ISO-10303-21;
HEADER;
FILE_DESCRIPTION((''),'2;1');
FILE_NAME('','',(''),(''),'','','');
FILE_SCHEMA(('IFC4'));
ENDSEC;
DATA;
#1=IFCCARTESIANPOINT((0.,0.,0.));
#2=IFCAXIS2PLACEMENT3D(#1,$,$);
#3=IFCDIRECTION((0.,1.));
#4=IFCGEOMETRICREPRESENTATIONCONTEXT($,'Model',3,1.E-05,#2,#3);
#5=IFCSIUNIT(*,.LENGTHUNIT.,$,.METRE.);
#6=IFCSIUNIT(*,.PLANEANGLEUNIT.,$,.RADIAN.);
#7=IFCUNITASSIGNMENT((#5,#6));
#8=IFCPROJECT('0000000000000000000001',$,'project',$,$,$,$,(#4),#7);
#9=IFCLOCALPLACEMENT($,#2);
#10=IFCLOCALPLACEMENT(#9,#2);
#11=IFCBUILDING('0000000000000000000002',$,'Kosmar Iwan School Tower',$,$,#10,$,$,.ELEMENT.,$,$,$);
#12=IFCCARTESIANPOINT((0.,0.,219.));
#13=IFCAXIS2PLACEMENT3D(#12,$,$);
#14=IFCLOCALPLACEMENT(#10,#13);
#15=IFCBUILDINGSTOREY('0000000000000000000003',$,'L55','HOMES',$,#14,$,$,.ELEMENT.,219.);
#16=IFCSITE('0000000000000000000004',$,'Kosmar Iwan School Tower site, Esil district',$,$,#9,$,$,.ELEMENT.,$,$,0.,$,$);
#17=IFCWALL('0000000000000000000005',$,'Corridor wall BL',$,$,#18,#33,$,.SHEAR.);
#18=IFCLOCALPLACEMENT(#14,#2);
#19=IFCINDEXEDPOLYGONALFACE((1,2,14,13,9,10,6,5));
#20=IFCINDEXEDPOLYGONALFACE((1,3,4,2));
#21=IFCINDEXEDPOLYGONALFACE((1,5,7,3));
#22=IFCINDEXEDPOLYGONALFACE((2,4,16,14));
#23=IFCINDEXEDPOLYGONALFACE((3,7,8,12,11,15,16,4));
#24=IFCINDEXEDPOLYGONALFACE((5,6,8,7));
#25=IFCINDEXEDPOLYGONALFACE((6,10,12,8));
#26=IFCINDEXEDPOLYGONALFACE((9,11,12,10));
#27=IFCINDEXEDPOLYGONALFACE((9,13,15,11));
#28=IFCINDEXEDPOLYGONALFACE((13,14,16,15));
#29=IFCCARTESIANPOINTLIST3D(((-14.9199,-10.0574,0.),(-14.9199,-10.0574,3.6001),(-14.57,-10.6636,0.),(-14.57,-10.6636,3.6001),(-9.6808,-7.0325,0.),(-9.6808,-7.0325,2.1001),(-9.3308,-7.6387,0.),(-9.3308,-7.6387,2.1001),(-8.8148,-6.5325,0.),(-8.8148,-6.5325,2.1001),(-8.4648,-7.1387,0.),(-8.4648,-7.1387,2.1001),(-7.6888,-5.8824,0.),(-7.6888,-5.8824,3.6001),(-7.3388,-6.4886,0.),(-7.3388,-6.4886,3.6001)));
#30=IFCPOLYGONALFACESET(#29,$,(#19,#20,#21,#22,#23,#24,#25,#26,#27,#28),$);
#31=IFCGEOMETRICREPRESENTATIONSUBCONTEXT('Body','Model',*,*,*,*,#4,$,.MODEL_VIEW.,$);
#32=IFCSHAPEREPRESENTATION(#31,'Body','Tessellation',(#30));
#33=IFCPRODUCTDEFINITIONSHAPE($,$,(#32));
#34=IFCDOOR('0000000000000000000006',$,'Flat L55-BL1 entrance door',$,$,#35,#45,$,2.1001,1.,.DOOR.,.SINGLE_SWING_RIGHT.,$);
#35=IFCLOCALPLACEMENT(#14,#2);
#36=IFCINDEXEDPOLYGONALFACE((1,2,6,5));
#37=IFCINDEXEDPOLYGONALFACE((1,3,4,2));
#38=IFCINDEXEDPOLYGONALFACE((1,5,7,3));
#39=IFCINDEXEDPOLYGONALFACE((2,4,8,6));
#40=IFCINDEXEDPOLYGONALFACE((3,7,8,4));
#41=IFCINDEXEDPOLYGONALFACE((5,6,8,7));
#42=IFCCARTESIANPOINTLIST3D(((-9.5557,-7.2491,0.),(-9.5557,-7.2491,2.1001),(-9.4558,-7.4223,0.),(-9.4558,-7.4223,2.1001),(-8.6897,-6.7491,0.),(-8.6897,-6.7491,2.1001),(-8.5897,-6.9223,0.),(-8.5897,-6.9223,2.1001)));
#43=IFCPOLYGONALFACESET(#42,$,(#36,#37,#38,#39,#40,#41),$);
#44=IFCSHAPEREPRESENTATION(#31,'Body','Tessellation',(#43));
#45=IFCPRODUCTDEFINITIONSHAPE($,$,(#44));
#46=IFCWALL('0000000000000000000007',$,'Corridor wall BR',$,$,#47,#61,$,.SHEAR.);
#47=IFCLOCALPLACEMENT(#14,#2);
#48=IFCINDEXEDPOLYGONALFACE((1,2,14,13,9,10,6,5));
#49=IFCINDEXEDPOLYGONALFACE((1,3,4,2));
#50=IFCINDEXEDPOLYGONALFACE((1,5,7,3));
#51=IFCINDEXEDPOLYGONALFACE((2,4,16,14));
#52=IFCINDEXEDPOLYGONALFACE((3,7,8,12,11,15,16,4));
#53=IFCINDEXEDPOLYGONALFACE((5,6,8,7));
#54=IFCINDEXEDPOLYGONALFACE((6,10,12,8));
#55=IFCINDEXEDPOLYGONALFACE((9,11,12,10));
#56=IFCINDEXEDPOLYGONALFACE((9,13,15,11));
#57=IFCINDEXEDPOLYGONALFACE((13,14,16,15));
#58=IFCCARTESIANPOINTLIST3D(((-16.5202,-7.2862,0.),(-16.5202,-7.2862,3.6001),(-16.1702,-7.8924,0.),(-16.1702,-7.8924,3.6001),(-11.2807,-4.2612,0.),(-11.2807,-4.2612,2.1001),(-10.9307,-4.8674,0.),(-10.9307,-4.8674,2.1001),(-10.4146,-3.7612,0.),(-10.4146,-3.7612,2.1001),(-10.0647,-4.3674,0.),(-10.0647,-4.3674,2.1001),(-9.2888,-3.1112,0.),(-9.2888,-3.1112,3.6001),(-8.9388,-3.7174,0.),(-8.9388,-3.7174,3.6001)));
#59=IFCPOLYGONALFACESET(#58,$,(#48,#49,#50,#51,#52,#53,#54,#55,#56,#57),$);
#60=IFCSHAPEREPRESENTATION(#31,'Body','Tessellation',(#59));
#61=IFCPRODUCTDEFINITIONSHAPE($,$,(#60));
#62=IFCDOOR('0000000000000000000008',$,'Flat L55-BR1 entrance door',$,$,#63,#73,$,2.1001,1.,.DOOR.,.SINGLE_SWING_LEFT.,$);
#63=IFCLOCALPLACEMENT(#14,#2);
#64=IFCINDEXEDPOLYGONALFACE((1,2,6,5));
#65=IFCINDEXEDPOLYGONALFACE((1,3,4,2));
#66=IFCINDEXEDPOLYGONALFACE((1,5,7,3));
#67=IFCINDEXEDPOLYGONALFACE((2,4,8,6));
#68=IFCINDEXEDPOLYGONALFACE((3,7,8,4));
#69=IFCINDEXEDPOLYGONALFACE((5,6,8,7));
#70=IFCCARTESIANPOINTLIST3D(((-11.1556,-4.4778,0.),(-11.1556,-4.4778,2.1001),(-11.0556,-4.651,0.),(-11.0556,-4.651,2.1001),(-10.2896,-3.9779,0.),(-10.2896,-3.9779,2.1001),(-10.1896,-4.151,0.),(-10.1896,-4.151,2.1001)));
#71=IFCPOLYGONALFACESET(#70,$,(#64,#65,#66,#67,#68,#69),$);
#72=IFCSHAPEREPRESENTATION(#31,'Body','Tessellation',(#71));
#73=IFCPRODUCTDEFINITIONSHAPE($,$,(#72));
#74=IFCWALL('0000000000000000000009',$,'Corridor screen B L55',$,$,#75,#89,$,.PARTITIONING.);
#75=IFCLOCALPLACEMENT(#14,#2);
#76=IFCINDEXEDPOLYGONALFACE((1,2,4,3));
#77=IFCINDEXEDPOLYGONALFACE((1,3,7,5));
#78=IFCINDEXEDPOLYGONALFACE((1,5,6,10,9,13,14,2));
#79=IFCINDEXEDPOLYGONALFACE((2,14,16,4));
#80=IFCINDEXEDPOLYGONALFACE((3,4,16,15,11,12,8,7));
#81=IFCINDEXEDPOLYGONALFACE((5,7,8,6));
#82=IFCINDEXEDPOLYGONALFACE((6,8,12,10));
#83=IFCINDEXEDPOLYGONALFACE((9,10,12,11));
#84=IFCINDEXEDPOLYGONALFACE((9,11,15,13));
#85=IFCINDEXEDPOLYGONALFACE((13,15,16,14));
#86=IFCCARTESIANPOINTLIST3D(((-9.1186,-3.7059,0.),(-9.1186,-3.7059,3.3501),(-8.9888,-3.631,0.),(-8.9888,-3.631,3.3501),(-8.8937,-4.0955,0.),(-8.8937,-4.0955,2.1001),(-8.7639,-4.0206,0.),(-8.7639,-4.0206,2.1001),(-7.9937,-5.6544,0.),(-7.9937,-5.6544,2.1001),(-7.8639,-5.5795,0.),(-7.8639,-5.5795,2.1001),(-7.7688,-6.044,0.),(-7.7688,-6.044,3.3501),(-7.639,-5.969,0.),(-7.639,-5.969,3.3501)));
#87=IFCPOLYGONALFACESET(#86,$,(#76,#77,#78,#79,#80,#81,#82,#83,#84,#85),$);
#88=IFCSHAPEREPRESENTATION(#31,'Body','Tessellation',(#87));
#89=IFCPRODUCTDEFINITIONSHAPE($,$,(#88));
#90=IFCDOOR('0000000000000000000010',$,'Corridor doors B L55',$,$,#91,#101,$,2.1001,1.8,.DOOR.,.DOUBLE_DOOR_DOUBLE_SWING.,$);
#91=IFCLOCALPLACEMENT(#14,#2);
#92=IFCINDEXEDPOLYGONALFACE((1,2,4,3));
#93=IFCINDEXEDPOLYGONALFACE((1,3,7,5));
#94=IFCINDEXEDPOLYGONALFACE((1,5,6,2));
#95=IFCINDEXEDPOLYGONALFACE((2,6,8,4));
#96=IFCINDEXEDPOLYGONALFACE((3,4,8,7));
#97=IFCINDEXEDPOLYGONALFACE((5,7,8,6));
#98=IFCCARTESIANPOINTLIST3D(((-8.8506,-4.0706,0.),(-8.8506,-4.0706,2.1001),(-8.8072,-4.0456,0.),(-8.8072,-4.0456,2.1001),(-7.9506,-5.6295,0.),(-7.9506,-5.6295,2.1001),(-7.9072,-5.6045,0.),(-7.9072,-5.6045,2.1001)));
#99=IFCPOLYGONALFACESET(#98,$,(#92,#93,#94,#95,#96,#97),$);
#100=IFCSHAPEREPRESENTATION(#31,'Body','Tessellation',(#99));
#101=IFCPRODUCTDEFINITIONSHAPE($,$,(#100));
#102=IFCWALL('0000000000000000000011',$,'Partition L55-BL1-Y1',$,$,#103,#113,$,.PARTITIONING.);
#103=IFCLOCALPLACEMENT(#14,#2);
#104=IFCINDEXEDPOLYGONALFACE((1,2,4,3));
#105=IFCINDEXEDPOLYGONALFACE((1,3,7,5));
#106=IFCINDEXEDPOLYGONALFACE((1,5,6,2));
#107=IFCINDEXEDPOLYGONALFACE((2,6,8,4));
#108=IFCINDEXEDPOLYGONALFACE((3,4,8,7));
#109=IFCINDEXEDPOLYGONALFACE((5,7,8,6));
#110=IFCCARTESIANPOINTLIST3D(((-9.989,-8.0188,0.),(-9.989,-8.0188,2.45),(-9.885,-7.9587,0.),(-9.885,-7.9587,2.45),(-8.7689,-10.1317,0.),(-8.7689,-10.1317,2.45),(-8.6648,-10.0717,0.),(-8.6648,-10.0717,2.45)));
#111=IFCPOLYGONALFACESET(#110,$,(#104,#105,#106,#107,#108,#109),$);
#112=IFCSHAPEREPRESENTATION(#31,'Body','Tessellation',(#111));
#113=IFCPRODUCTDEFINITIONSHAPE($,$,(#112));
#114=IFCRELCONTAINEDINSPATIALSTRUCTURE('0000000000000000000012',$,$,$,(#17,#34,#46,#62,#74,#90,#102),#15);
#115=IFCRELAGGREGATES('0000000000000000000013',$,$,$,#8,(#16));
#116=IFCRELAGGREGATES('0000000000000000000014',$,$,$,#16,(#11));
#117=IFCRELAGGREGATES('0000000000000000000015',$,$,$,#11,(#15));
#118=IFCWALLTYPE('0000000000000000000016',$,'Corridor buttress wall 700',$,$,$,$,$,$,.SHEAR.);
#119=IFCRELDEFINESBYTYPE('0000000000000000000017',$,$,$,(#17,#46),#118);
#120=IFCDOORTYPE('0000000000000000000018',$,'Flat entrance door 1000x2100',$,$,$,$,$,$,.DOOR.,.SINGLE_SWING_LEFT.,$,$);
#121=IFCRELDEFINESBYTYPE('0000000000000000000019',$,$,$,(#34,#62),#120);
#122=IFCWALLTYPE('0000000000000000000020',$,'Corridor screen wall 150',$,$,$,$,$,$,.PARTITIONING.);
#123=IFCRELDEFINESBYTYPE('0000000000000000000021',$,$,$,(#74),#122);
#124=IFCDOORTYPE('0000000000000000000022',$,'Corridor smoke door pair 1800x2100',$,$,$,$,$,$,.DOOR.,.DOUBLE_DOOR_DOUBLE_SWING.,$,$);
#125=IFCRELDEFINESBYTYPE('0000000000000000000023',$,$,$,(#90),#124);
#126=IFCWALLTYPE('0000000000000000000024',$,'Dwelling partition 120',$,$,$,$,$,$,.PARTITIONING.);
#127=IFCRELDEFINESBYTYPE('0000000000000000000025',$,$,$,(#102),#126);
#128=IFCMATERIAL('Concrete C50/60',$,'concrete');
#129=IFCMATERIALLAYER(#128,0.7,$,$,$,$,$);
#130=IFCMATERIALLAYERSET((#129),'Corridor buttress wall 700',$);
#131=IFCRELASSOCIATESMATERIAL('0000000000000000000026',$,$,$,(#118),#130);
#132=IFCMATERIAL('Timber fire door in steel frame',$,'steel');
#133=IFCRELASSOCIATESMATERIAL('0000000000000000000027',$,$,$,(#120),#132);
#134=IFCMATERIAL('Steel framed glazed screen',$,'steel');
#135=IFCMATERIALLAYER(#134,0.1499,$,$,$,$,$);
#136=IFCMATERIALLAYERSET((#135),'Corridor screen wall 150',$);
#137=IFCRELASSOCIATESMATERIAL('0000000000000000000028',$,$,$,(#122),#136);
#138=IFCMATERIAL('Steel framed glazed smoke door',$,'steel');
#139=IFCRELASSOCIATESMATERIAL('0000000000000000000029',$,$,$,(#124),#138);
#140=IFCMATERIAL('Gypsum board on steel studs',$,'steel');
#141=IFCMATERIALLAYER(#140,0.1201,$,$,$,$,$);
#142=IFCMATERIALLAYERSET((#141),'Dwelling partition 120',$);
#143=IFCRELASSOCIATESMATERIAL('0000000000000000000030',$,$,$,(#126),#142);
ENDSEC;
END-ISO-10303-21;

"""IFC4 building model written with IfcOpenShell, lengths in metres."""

from ifc_helpers import new_model, si_unit, direction, frame, frame_2d, origin, place, context, subcontext, project, spatial, rectangle, extrude, material, layer, layer_set, type_object, element, fill, save


model = new_model("IFC4")

# Units and contexts
model_context = context("Model", 3, precision=1e-05, world=origin(), true_north=direction((0.0, 1.0)))
body_context = subcontext(model_context, "Body", "Model", "MODEL_VIEW")
ifc_project = project(units=[si_unit("LENGTHUNIT", "METRE"), si_unit("PLANEANGLEUNIT", "RADIAN")], contexts=[model_context])

# Site, building, storey
site_placement = place(None, origin())
site = spatial("IfcSite", under=ifc_project, at=site_placement, Name="Kosmar Iwan School Tower site, Esil district", CompositionType="ELEMENT", RefElevation=0.0)
building_placement = place(site_placement, origin())
building = spatial("IfcBuilding", under=site, at=building_placement, Name="Kosmar Iwan School Tower", CompositionType="ELEMENT")
storey_placement = place(building_placement, frame((0.0, 0.0, 219.0)))
storey = spatial("IfcBuildingStorey", under=building, at=storey_placement, Name="L55", Description="HOMES", CompositionType="ELEMENT", Elevation=219.0)

# Walls, openings, doors
ifc_material_1 = material(Name="Concrete C50/60", Category="concrete")
ifc_layer_1 = layer(ifc_material_1, 0.7)
ifc_layer_set_1 = layer_set([ifc_layer_1], Name="Corridor buttress wall 700")
wall_type_1 = type_object("IfcWallType", Name="Corridor buttress wall 700", PredefinedType="SHEAR", material=ifc_layer_set_1)
wall_1_placement = place(storey_placement, frame((-7.5139, -6.1855, 0.0), z_axis=(0.0, 0.0, 1.0), x_axis=(-0.86602, -0.50001, 0.0)))
wall_1 = element("IfcWall", 1, at=wall_1_placement, inside=storey, type_object=wall_type_1, Name="Corridor wall BL", PredefinedType="SHEAR", context=body_context, shape_type="SweptSolid", body=[
    extrude(rectangle(XDim=8.3499, YDim=0.7, at=frame_2d((4.1748, 0.0))), origin(), (0.0, 0.0, 1.0), 3.6001),
])
opening_1_placement = place(wall_1_placement, frame((1.3, 0.0, 0.0)))
opening_1 = element("IfcOpeningElement", 2, at=opening_1_placement, cuts=wall_1, PredefinedType="OPENING", context=body_context, shape_type="SweptSolid", body=[
    extrude(rectangle(XDim=1.0, YDim=2.1001, at=frame_2d((0.5, 1.05))), frame((0.0, 0.3621, 0.0), z_axis=(0.0, -1.0, 0.0), x_axis=(1.0, 0.0, 0.0)), (0.0, 0.0, 1.0), 0.7239),
])
ifc_material_2 = material(Name="Timber fire door in steel frame", Category="steel")
door_type_1 = type_object("IfcDoorType", Name="Flat entrance door 1000x2100", OperationType="SINGLE_SWING_LEFT", PredefinedType="DOOR", material=ifc_material_2)
door_1_placement = place(opening_1_placement, origin())
door_1 = element("IfcDoor", 3, at=door_1_placement, inside=storey, type_object=door_type_1, Name="Flat L55-BL1 entrance door", OperationType="SINGLE_SWING_RIGHT", OverallHeight=2.1001, OverallWidth=1.0, PredefinedType="DOOR", context=body_context, shape_type="SweptSolid", body=[
    extrude(rectangle(XDim=1.0, YDim=2.1001, at=frame_2d((0.5, 1.05))), frame((0.0, 0.1001, 0.0), z_axis=(0.0, -1.0, 0.0), x_axis=(1.0, 0.0, 0.0)), (0.0, 0.0, 1.0), 0.2),
])
fill(opening_1, door_1)
wall_2_placement = place(storey_placement, frame((-9.1138, -3.4143, 0.0), z_axis=(0.0, 0.0, 1.0), x_axis=(-0.866027, -0.499997, 0.0)))
wall_2 = element("IfcWall", 4, at=wall_2_placement, inside=storey, type_object=wall_type_1, Name="Corridor wall BR", PredefinedType="SHEAR", context=body_context, shape_type="SweptSolid", body=[
    extrude(rectangle(XDim=8.3501, YDim=0.7, at=frame_2d((4.175, 0.0))), origin(), (0.0, 0.0, 1.0), 3.6001),
])
opening_2_placement = place(wall_2_placement, frame((1.3, 0.0, 0.0)))
opening_2 = element("IfcOpeningElement", 5, at=opening_2_placement, cuts=wall_2, PredefinedType="OPENING", context=body_context, shape_type="SweptSolid", body=[
    extrude(rectangle(XDim=1.0, YDim=2.1001, at=frame_2d((0.5, 1.05))), frame((0.0, 0.3621, 0.0), z_axis=(0.0, -1.0, 0.0), x_axis=(1.0, 0.0, 0.0)), (0.0, 0.0, 1.0), 0.7239),
])
door_2_placement = place(opening_2_placement, origin())
door_2 = element("IfcDoor", 6, at=door_2_placement, inside=storey, type_object=door_type_1, Name="Flat L55-BR1 entrance door", OperationType="SINGLE_SWING_LEFT", OverallHeight=2.1001, OverallWidth=1.0, PredefinedType="DOOR", context=body_context, shape_type="SweptSolid", body=[
    extrude(rectangle(XDim=1.0, YDim=2.1001, at=frame_2d((0.5, 1.05))), frame((0.0, 0.1001, 0.0), z_axis=(0.0, -1.0, 0.0), x_axis=(1.0, 0.0, 0.0)), (0.0, 0.0, 1.0), 0.2),
])
fill(opening_2, door_2)
ifc_material_3 = material(Name="Steel framed glazed screen", Category="steel")
ifc_layer_2 = layer(ifc_material_3, 0.1499)
ifc_layer_set_2 = layer_set([ifc_layer_2], Name="Corridor screen wall 150")
wall_type_2 = type_object("IfcWallType", Name="Corridor screen wall 150", PredefinedType="PARTITIONING", material=ifc_layer_set_2)
wall_3_placement = place(storey_placement, frame((-9.0537, -3.6685, 0.0), z_axis=(0.0, 0.0, 1.0), x_axis=(0.499981, -0.866037, 0.0)))
wall_3 = element("IfcWall", 7, at=wall_3_placement, inside=storey, type_object=wall_type_2, Name="Corridor screen B L55", PredefinedType="PARTITIONING", context=body_context, shape_type="SweptSolid", body=[
    extrude(rectangle(XDim=2.6997, YDim=0.1499, at=frame_2d((1.3499, 0.0))), origin(), (0.0, 0.0, 1.0), 3.3501),
])
opening_3_placement = place(wall_3_placement, frame((0.45, 0.0, 0.0)))
opening_3 = element("IfcOpeningElement", 8, at=opening_3_placement, cuts=wall_3, PredefinedType="OPENING", context=body_context, shape_type="SweptSolid", body=[
    extrude(rectangle(XDim=1.8, YDim=2.1001, at=frame_2d((0.8999, 1.05))), frame((0.0, 0.0869, 0.0), z_axis=(0.0, -1.0, 0.0), x_axis=(1.0, 0.0, 0.0)), (0.0, 0.0, 1.0), 0.1738),
])
ifc_material_4 = material(Name="Steel framed glazed smoke door", Category="steel")
door_type_2 = type_object("IfcDoorType", Name="Corridor smoke door pair 1800x2100", OperationType="DOUBLE_DOOR_DOUBLE_SWING", PredefinedType="DOOR", material=ifc_material_4)
door_3_placement = place(opening_3_placement, origin())
door_3 = element("IfcDoor", 9, at=door_3_placement, inside=storey, type_object=door_type_2, Name="Corridor doors B L55", OperationType="DOUBLE_DOOR_DOUBLE_SWING", OverallHeight=2.1001, OverallWidth=1.8, PredefinedType="DOOR", context=body_context, shape_type="SweptSolid", body=[
    extrude(rectangle(XDim=1.8, YDim=2.1001, at=frame_2d((0.8999, 1.05))), frame((0.0, 0.0249, 0.0), z_axis=(0.0, -1.0, 0.0), x_axis=(1.0, 0.0, 0.0)), (0.0, 0.0, 1.0), 0.05),
])
fill(opening_3, door_3)

# Wall
ifc_material_5 = material(Name="Gypsum board on steel studs", Category="steel")
ifc_layer_3 = layer(ifc_material_5, 0.1201)
ifc_layer_set_3 = layer_set([ifc_layer_3], Name="Dwelling partition 120")
wall_type_3 = type_object("IfcWallType", Name="Dwelling partition 120", PredefinedType="PARTITIONING", material=ifc_layer_set_3)
wall_4_placement = place(storey_placement, frame((-9.937, -7.9888, 0.0), z_axis=(0.0, 0.0, 1.0), x_axis=(0.500078, -0.865981, 0.0)))
element("IfcWall", 10, at=wall_4_placement, inside=storey, type_object=wall_type_3, Name="Partition L55-BL1-Y1", PredefinedType="PARTITIONING", context=body_context, shape_type="SweptSolid", body=[
    extrude(rectangle(XDim=2.4399, YDim=0.1201, at=frame_2d((1.22, 0.0))), origin(), (0.0, 0.0, 1.0), 2.45),
])

save(model, "model.ifc")
